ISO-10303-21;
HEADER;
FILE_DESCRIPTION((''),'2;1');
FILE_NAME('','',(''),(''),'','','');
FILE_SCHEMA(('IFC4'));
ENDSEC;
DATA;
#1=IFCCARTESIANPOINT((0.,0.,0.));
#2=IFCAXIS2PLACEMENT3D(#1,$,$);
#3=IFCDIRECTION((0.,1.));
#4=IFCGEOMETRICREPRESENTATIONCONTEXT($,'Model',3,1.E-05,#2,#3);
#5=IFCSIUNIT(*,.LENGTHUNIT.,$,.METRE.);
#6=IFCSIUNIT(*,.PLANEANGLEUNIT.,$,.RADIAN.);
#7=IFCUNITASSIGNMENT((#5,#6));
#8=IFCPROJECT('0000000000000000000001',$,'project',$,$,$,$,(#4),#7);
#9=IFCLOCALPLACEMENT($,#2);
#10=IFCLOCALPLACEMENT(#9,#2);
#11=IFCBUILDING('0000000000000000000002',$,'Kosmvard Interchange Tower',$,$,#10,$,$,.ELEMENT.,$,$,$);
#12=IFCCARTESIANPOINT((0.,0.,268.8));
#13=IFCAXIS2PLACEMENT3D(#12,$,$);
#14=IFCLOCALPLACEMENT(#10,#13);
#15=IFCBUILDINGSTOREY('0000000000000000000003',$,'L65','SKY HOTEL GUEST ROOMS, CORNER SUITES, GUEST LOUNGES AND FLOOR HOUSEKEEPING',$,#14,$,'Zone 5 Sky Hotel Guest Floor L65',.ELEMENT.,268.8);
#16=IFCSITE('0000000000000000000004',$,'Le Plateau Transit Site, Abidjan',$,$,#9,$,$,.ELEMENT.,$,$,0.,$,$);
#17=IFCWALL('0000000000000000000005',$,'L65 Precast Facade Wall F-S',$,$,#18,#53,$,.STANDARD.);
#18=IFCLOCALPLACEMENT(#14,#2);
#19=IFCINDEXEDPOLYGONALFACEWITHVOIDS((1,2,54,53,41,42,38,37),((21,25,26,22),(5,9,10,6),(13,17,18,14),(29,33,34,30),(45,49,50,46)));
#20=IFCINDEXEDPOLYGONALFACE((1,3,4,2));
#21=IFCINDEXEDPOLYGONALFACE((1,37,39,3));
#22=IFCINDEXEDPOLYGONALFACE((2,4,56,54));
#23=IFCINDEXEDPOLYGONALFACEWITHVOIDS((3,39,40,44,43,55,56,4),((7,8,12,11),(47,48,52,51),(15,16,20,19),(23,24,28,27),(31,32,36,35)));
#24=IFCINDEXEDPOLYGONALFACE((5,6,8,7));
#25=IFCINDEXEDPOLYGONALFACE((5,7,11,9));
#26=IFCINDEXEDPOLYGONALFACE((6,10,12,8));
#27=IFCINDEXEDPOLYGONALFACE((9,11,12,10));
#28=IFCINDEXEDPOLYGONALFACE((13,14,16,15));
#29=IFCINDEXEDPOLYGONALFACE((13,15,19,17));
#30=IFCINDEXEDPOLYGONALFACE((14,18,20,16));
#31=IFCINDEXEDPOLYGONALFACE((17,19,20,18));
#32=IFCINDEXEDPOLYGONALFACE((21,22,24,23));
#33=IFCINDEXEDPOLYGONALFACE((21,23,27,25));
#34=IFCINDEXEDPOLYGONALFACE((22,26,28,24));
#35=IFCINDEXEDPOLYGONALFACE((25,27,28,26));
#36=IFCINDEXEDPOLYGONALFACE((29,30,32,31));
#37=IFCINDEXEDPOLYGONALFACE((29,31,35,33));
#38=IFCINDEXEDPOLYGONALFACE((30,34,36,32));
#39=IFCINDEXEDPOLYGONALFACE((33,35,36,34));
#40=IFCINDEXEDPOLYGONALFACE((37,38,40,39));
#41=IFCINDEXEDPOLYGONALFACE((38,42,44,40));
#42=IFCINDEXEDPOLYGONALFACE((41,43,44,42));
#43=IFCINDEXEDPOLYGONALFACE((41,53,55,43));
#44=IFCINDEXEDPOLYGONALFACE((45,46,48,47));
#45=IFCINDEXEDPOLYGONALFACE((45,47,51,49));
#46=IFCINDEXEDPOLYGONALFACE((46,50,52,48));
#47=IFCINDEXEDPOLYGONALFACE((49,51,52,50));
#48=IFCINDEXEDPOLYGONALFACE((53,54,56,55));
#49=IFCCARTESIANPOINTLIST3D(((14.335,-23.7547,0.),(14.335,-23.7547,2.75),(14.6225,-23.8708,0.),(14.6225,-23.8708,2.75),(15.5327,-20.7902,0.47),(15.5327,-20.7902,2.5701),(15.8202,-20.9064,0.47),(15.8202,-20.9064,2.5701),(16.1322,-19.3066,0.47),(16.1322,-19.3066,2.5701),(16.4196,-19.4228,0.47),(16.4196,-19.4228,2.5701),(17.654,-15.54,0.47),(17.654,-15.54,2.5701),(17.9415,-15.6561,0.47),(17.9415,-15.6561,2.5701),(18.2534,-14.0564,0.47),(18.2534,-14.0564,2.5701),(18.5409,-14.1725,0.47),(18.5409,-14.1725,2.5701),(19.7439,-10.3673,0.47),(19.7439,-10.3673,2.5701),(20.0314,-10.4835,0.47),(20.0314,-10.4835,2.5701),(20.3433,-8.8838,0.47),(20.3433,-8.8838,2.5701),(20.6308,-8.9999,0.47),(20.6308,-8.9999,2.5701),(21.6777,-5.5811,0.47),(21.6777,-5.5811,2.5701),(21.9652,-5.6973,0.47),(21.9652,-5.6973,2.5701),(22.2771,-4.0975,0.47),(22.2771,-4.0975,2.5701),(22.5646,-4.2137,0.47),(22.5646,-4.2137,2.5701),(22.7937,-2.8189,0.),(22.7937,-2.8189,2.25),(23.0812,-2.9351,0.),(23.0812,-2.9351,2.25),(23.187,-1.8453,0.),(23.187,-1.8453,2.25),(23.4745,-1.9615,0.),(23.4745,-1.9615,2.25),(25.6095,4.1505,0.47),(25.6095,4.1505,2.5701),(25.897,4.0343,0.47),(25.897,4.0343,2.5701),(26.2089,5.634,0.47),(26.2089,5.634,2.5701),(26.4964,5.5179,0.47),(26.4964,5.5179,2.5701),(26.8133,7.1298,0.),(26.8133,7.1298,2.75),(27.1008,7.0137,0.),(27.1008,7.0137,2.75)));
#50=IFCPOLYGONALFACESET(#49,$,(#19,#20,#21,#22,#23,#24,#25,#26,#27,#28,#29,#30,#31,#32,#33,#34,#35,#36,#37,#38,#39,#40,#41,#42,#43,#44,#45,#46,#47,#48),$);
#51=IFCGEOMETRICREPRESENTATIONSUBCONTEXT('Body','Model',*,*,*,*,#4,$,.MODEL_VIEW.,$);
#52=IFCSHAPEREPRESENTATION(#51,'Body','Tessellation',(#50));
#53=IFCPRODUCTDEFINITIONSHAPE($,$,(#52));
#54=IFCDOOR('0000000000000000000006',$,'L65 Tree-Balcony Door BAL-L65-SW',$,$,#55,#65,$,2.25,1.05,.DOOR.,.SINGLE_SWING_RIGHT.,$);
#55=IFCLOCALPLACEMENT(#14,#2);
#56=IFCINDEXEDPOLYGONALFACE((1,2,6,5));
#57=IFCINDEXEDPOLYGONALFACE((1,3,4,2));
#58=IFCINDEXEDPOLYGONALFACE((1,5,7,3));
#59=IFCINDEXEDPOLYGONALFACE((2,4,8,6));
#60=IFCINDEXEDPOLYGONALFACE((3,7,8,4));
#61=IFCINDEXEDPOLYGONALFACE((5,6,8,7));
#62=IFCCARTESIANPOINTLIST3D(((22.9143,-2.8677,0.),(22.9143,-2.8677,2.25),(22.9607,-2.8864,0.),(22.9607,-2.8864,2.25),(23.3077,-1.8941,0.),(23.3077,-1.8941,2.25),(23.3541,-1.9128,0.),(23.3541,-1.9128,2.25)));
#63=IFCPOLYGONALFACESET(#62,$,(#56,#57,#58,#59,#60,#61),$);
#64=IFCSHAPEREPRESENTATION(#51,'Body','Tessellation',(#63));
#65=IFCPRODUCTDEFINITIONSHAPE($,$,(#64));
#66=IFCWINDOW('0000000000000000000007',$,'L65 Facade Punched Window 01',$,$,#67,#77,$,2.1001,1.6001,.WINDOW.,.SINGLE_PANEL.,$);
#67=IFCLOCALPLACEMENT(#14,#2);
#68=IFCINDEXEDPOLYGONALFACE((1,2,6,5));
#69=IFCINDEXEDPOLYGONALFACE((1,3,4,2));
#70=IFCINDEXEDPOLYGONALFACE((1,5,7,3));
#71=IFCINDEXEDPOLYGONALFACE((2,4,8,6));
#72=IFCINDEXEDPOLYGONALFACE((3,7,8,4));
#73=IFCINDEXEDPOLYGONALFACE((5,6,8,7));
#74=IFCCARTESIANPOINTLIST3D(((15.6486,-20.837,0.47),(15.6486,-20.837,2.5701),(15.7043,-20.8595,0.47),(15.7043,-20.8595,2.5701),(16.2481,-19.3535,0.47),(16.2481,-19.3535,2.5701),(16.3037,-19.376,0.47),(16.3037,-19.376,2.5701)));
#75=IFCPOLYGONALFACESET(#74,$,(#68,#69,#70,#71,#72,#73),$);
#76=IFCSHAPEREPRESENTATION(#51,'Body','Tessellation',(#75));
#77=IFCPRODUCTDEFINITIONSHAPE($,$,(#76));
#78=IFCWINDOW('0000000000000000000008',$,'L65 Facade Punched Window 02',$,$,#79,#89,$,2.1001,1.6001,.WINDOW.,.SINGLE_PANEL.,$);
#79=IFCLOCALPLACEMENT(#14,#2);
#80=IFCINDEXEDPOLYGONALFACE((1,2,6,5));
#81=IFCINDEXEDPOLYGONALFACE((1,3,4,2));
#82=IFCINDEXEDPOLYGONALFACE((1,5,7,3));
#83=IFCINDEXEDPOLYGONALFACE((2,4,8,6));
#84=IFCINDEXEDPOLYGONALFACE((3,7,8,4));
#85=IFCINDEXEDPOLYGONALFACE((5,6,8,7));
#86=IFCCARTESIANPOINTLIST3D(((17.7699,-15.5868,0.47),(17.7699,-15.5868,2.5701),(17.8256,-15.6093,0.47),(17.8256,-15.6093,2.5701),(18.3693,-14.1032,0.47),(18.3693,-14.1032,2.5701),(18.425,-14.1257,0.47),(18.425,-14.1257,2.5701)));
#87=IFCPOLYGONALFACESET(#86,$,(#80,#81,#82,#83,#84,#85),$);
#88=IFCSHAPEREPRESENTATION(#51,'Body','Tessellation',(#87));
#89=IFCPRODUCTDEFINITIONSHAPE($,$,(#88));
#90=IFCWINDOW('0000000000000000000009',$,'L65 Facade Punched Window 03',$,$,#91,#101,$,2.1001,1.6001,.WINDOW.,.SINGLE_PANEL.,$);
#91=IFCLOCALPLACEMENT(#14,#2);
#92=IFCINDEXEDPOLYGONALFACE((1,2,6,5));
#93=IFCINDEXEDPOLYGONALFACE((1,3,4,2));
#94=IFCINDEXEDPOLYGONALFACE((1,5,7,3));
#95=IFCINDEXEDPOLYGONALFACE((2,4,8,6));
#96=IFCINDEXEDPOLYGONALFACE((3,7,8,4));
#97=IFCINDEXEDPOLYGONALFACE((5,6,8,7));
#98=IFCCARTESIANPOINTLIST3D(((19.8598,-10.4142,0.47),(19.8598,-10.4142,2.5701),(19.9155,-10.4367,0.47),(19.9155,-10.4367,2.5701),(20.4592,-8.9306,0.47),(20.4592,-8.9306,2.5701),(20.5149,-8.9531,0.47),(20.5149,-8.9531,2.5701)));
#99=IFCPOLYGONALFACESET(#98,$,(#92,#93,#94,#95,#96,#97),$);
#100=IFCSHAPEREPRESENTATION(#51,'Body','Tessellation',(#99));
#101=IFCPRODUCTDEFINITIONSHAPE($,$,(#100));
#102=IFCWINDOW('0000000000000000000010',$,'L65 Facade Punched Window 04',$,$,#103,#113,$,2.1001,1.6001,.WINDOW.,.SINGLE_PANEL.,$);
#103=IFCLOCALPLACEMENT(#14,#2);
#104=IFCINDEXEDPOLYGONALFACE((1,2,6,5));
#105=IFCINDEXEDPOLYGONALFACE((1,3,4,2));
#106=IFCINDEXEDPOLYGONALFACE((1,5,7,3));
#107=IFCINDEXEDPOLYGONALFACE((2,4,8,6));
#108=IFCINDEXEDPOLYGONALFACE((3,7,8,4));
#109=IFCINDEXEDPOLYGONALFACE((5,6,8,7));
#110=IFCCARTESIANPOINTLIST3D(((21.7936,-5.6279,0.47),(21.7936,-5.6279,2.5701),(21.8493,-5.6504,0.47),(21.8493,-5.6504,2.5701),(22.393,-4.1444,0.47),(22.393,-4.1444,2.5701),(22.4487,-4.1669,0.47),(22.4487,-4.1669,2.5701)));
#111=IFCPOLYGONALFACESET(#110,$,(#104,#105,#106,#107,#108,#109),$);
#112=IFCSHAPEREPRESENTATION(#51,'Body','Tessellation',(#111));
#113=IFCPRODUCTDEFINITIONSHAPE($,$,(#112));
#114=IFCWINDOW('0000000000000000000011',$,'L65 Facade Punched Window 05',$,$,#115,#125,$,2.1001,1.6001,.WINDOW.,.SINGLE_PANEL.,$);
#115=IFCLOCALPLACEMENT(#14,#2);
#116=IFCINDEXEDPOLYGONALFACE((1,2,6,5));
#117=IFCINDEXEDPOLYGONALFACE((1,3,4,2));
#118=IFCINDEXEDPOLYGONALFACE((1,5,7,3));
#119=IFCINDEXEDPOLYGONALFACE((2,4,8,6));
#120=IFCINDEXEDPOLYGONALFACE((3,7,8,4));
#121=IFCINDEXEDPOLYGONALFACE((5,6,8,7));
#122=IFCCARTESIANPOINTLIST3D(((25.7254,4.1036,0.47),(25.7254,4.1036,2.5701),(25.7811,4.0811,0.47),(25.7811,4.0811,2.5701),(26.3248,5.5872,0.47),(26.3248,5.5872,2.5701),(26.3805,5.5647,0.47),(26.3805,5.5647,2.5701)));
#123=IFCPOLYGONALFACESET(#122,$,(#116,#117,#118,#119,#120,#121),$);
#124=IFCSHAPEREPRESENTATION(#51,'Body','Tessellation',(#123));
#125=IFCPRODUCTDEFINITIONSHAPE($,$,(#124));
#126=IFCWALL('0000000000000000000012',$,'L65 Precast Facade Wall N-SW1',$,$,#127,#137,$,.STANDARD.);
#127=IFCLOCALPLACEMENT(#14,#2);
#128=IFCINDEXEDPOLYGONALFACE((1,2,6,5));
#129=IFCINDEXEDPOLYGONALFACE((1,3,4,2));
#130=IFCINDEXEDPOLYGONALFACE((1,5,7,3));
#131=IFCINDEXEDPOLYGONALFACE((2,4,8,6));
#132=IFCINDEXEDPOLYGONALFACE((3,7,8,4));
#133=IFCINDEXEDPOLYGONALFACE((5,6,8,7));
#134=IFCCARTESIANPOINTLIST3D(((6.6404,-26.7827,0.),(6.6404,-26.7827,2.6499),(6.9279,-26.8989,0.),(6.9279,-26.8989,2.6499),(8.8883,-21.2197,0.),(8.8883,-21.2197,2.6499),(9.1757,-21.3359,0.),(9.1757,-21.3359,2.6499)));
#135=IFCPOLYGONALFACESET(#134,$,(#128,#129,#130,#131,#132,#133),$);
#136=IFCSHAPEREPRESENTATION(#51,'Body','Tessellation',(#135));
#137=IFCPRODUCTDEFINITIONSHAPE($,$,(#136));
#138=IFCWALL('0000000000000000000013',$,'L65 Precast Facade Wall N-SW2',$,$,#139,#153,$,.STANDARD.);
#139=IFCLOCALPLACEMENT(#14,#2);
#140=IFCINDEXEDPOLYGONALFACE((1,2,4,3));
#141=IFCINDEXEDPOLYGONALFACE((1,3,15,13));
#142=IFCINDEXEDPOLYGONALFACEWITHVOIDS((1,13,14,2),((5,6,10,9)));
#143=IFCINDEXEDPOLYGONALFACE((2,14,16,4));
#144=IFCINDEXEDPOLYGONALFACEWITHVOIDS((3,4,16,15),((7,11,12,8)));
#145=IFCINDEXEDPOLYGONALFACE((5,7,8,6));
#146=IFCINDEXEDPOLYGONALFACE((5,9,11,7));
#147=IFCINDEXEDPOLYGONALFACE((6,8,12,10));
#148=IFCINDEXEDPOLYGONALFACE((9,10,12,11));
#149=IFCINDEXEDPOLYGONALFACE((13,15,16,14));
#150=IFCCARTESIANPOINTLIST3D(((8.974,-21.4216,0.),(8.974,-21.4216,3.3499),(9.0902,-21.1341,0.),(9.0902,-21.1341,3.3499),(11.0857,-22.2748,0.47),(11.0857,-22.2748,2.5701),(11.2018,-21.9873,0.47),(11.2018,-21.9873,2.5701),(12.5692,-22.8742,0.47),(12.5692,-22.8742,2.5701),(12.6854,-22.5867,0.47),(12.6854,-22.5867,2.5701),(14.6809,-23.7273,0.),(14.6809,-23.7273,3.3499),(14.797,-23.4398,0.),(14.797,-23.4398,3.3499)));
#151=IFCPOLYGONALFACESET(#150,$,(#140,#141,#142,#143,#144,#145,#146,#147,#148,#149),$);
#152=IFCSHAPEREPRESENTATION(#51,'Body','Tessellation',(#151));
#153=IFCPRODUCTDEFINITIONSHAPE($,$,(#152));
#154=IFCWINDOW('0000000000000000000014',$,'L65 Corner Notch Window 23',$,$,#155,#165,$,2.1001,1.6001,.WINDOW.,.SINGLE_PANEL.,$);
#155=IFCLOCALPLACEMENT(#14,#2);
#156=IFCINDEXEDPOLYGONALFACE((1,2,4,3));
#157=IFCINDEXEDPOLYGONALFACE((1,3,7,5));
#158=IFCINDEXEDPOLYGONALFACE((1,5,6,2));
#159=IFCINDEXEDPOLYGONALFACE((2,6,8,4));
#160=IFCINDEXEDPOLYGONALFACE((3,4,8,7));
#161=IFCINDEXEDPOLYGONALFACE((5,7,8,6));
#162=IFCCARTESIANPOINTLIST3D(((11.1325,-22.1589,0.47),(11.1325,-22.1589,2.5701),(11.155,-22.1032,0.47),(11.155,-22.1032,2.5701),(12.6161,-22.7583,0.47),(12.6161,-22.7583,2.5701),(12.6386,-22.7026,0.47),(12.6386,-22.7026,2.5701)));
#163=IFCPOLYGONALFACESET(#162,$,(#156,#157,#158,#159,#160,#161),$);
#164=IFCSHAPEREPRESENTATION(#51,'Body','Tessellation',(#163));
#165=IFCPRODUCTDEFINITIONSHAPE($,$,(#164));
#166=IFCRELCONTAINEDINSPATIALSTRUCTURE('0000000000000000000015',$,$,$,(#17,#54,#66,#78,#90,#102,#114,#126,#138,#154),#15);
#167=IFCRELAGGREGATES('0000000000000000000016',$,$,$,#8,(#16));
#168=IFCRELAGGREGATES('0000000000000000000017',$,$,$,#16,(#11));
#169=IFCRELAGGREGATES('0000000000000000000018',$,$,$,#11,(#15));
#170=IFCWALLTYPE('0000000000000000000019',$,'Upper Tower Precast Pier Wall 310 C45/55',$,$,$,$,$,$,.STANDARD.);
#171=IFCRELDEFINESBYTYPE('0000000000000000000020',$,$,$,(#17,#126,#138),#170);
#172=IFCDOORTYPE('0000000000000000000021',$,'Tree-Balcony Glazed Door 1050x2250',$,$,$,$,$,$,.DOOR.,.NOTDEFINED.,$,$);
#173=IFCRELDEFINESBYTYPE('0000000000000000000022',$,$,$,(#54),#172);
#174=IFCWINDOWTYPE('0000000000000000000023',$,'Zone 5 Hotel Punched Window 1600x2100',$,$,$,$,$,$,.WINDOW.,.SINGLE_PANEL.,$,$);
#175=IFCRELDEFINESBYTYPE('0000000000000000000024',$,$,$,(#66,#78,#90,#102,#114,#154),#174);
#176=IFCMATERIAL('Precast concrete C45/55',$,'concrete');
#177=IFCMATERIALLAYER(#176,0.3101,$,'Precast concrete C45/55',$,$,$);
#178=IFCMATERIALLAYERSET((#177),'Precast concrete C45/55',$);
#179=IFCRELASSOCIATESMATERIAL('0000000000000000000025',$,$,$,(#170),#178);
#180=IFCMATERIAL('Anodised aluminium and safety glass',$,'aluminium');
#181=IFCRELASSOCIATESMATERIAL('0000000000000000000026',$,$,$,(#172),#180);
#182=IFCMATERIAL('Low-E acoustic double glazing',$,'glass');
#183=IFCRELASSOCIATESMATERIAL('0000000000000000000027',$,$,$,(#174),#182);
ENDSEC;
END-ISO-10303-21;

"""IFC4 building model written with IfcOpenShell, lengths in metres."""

from ifc_helpers import new_model, si_unit, direction, frame, frame_2d, origin, place, context, subcontext, project, spatial, rectangle, extrude, source, transform, mapped, material, layer, layer_set, type_object, element, fill, save


model = new_model("IFC4")

# Units and contexts
model_context = context("Model", 3, precision=1e-05, world=origin(), true_north=direction((0.0, 1.0)))
body_context = subcontext(model_context, "Body", "Model", "MODEL_VIEW")
ifc_project = project(units=[si_unit("LENGTHUNIT", "METRE"), si_unit("PLANEANGLEUNIT", "RADIAN")], contexts=[model_context])

# Site, building, storey
site_placement = place(None, origin())
site = spatial("IfcSite", under=ifc_project, at=site_placement, Name="Le Plateau Transit Site, Abidjan", CompositionType="ELEMENT", RefElevation=0.0)
building_placement = place(site_placement, origin())
building = spatial("IfcBuilding", under=site, at=building_placement, Name="Kosmvard Interchange Tower", CompositionType="ELEMENT")
storey_placement = place(building_placement, frame((0.0, 0.0, 268.8)))
storey = spatial("IfcBuildingStorey", under=building, at=storey_placement, Name="L65", Description="SKY HOTEL GUEST ROOMS, CORNER SUITES, GUEST LOUNGES AND FLOOR HOUSEKEEPING", LongName="Zone 5 Sky Hotel Guest Floor L65", CompositionType="ELEMENT", Elevation=268.8)

# Shared definitions
ifc_material_1 = material(Name="Precast concrete C45/55", Category="concrete")

# Wall, openings, door, windows
ifc_layer_1 = layer(ifc_material_1, 0.3101, Name="Precast concrete C45/55")
ifc_layer_set_1 = layer_set([ifc_layer_1], Name="Precast concrete C45/55")
wall_type_1 = type_object("IfcWallType", Name="Upper Tower Precast Pier Wall 310 C45/55", PredefinedType="STANDARD", material=ifc_layer_set_1)
wall_1_placement = place(storey_placement, frame((14.4788, -23.8127, 0.0), z_axis=(0.0, 0.0, 1.0), x_axis=(0.37461, 0.927183, 0.0)))
wall_1 = element("IfcWall", 1, at=wall_1_placement, inside=storey, type_object=wall_type_1, Name="L65 Precast Facade Wall F-S", PredefinedType="STANDARD", context=body_context, shape_type="SweptSolid", body=[
    extrude(rectangle(XDim=33.3101, YDim=0.3101, at=frame_2d((16.655, 0.0))), origin(), (0.0, 0.0, 1.0), 2.75),
])
opening_1_placement = place(wall_1_placement, frame((22.5801, 0.0, 0.0)))
opening_1 = element("IfcOpeningElement", 2, at=opening_1_placement, cuts=wall_1, PredefinedType="OPENING", context=body_context, shape_type="SweptSolid", body=[
    extrude(rectangle(XDim=1.05, YDim=2.25, at=frame_2d((0.5249, 1.125))), frame((0.0, 0.165, 0.0), z_axis=(0.0, -1.0, 0.0), x_axis=(1.0, 0.0, 0.0)), (0.0, 0.0, 1.0), 0.3301),
])
opening_2_placement = place(wall_1_placement, frame((3.1973, 0.0, 0.47)))
opening_2 = element("IfcOpeningElement", 3, at=opening_2_placement, cuts=wall_1, PredefinedType="OPENING", context=body_context, shape_type="SweptSolid", body=[
    extrude(rectangle(XDim=1.6001, YDim=2.1001, at=frame_2d((0.8, 1.05))), frame((0.0, 0.165, 0.0), z_axis=(0.0, -1.0, 0.0), x_axis=(1.0, 0.0, 0.0)), (0.0, 0.0, 1.0), 0.3301),
])
opening_3_placement = place(wall_1_placement, frame((8.8599, 0.0, 0.47)))
opening_3 = element("IfcOpeningElement", 4, at=opening_3_placement, cuts=wall_1, PredefinedType="OPENING", context=body_context, shape_type="SweptSolid", body=[
    extrude(rectangle(XDim=1.6001, YDim=2.1001, at=frame_2d((0.8, 1.05))), frame((0.0, 0.165, 0.0), z_axis=(0.0, -1.0, 0.0), x_axis=(1.0, 0.0, 0.0)), (0.0, 0.0, 1.0), 0.3301),
])
opening_4_placement = place(wall_1_placement, frame((14.4387, 0.0, 0.47)))
opening_4 = element("IfcOpeningElement", 5, at=opening_4_placement, cuts=wall_1, PredefinedType="OPENING", context=body_context, shape_type="SweptSolid", body=[
    extrude(rectangle(XDim=1.6001, YDim=2.1001, at=frame_2d((0.8, 1.05))), frame((0.0, 0.165, 0.0), z_axis=(0.0, -1.0, 0.0), x_axis=(1.0, 0.0, 0.0)), (0.0, 0.0, 1.0), 0.3301),
])
opening_5_placement = place(wall_1_placement, frame((19.6008, 0.0, 0.47)))
opening_5 = element("IfcOpeningElement", 6, at=opening_5_placement, cuts=wall_1, PredefinedType="OPENING", context=body_context, shape_type="SweptSolid", body=[
    extrude(rectangle(XDim=1.6001, YDim=2.1001, at=frame_2d((0.8, 1.05))), frame((0.0, 0.165, 0.0), z_axis=(0.0, -1.0, 0.0), x_axis=(1.0, 0.0, 0.0)), (0.0, 0.0, 1.0), 0.3301),
])
opening_6_placement = place(wall_1_placement, frame((30.0967, 0.0, 0.47)))
opening_6 = element("IfcOpeningElement", 7, at=opening_6_placement, cuts=wall_1, PredefinedType="OPENING", context=body_context, shape_type="SweptSolid", body=[
    extrude(rectangle(XDim=1.6001, YDim=2.1001, at=frame_2d((0.8, 1.05))), frame((0.0, 0.165, 0.0), z_axis=(0.0, -1.0, 0.0), x_axis=(1.0, 0.0, 0.0)), (0.0, 0.0, 1.0), 0.3301),
])
ifc_material_2 = material(Name="Anodised aluminium and safety glass", Category="aluminium")
door_type_1 = type_object("IfcDoorType", Name="Tree-Balcony Glazed Door 1050x2250", OperationType="NOTDEFINED", PredefinedType="DOOR", material=ifc_material_2)
shared_shape_1 = source(origin(), body_context, "Body", "SweptSolid", [
    extrude(rectangle(XDim=1.05, YDim=2.25, at=frame_2d((0.5249, 1.125))), frame((0.0, 0.0249, 0.0), z_axis=(0.0, -1.0, 0.0), x_axis=(1.0, 0.0, 0.0)), (0.0, 0.0, 1.0), 0.05),
])
door_1_placement = place(opening_1_placement, origin())
door_1 = element("IfcDoor", 8, at=door_1_placement, inside=storey, type_object=door_type_1, Name="L65 Tree-Balcony Door BAL-L65-SW", OperationType="SINGLE_SWING_RIGHT", OverallHeight=2.25, OverallWidth=1.05, PredefinedType="DOOR", context=body_context, shape_type="MappedRepresentation", body=[
    mapped(shared_shape_1, transform((0.0, 0.0, 0.0), scale=1.0)),
])
fill(opening_1, door_1)
ifc_material_3 = material(Name="Low-E acoustic double glazing", Category="glass")
window_type = type_object("IfcWindowType", Name="Zone 5 Hotel Punched Window 1600x2100", PartitioningType="SINGLE_PANEL", PredefinedType="WINDOW", material=ifc_material_3)
shared_shape_2 = source(origin(), body_context, "Body", "SweptSolid", [
    extrude(rectangle(XDim=1.6001, YDim=2.1001, at=frame_2d((0.8, 1.05))), frame((0.0, 0.03, 0.0), z_axis=(0.0, -1.0, 0.0), x_axis=(1.0, 0.0, 0.0)), (0.0, 0.0, 1.0), 0.0601),
])
window_1_placement = place(opening_2_placement, origin())
window_1 = element("IfcWindow", 9, at=window_1_placement, inside=storey, type_object=window_type, Name="L65 Facade Punched Window 01", OverallHeight=2.1001, OverallWidth=1.6001, PartitioningType="SINGLE_PANEL", PredefinedType="WINDOW", context=body_context, shape_type="MappedRepresentation", body=[
    mapped(shared_shape_2, transform((0.0, 0.0, 0.0), scale=1.0)),
])
fill(opening_2, window_1)
window_2_placement = place(opening_3_placement, origin())
window_2 = element("IfcWindow", 10, at=window_2_placement, inside=storey, type_object=window_type, Name="L65 Facade Punched Window 02", OverallHeight=2.1001, OverallWidth=1.6001, PartitioningType="SINGLE_PANEL", PredefinedType="WINDOW", context=body_context, shape_type="MappedRepresentation", body=[
    mapped(shared_shape_2, transform((0.0, 0.0, 0.0), scale=1.0)),
])
fill(opening_3, window_2)
window_3_placement = place(opening_4_placement, origin())
window_3 = element("IfcWindow", 11, at=window_3_placement, inside=storey, type_object=window_type, Name="L65 Facade Punched Window 03", OverallHeight=2.1001, OverallWidth=1.6001, PartitioningType="SINGLE_PANEL", PredefinedType="WINDOW", context=body_context, shape_type="MappedRepresentation", body=[
    mapped(shared_shape_2, transform((0.0, 0.0, 0.0), scale=1.0)),
])
fill(opening_4, window_3)
window_4_placement = place(opening_5_placement, origin())
window_4 = element("IfcWindow", 12, at=window_4_placement, inside=storey, type_object=window_type, Name="L65 Facade Punched Window 04", OverallHeight=2.1001, OverallWidth=1.6001, PartitioningType="SINGLE_PANEL", PredefinedType="WINDOW", context=body_context, shape_type="MappedRepresentation", body=[
    mapped(shared_shape_2, transform((0.0, 0.0, 0.0), scale=1.0)),
])
fill(opening_5, window_4)
window_5_placement = place(opening_6_placement, origin())
window_5 = element("IfcWindow", 13, at=window_5_placement, inside=storey, type_object=window_type, Name="L65 Facade Punched Window 05", OverallHeight=2.1001, OverallWidth=1.6001, PartitioningType="SINGLE_PANEL", PredefinedType="WINDOW", context=body_context, shape_type="MappedRepresentation", body=[
    mapped(shared_shape_2, transform((0.0, 0.0, 0.0), scale=1.0)),
])
fill(opening_6, window_5)

# Wall
wall_2_placement = place(storey_placement, frame((6.7842, -26.8408, 0.0), z_axis=(0.0, 0.0, 1.0), x_axis=(0.374637, 0.927172, 0.0)))
element("IfcWall", 14, at=wall_2_placement, inside=storey, type_object=wall_type_1, Name="L65 Precast Facade Wall N-SW1", PredefinedType="STANDARD", context=body_context, shape_type="SweptSolid", body=[
    extrude(rectangle(XDim=6.0, YDim=0.3101, at=frame_2d((3.0, 0.0))), origin(), (0.0, 0.0, 1.0), 2.6499),
])

# Wall, opening, window
wall_3_placement = place(storey_placement, frame((9.032, -21.2778, 0.0), z_axis=(0.0, 0.0, 1.0), x_axis=(0.927185, -0.374603, 0.0)))
wall_3 = element("IfcWall", 15, at=wall_3_placement, inside=storey, type_object=wall_type_1, Name="L65 Precast Facade Wall N-SW2", PredefinedType="STANDARD", context=body_context, shape_type="SweptSolid", body=[
    extrude(rectangle(XDim=6.155, YDim=0.3101, at=frame_2d((3.0776, 0.0))), origin(), (0.0, 0.0, 1.0), 3.3499),
])
opening_7_placement = place(wall_3_placement, frame((2.2776, 0.0, 0.47)))
opening_7 = element("IfcOpeningElement", 16, at=opening_7_placement, cuts=wall_3, PredefinedType="OPENING", context=body_context, shape_type="SweptSolid", body=[
    extrude(rectangle(XDim=1.6001, YDim=2.1001, at=frame_2d((0.8, 1.05))), frame((0.0, 0.165, 0.0), z_axis=(0.0, -1.0, 0.0), x_axis=(1.0, 0.0, 0.0)), (0.0, 0.0, 1.0), 0.3301),
])
window_6_placement = place(opening_7_placement, origin())
window_6 = element("IfcWindow", 17, at=window_6_placement, inside=storey, type_object=window_type, Name="L65 Corner Notch Window 23", OverallHeight=2.1001, OverallWidth=1.6001, PartitioningType="SINGLE_PANEL", PredefinedType="WINDOW", context=body_context, shape_type="MappedRepresentation", body=[
    mapped(shared_shape_2, transform((0.0, 0.0, 0.0), scale=1.0)),
])
fill(opening_7, window_6)

save(model, "model.ifc")
